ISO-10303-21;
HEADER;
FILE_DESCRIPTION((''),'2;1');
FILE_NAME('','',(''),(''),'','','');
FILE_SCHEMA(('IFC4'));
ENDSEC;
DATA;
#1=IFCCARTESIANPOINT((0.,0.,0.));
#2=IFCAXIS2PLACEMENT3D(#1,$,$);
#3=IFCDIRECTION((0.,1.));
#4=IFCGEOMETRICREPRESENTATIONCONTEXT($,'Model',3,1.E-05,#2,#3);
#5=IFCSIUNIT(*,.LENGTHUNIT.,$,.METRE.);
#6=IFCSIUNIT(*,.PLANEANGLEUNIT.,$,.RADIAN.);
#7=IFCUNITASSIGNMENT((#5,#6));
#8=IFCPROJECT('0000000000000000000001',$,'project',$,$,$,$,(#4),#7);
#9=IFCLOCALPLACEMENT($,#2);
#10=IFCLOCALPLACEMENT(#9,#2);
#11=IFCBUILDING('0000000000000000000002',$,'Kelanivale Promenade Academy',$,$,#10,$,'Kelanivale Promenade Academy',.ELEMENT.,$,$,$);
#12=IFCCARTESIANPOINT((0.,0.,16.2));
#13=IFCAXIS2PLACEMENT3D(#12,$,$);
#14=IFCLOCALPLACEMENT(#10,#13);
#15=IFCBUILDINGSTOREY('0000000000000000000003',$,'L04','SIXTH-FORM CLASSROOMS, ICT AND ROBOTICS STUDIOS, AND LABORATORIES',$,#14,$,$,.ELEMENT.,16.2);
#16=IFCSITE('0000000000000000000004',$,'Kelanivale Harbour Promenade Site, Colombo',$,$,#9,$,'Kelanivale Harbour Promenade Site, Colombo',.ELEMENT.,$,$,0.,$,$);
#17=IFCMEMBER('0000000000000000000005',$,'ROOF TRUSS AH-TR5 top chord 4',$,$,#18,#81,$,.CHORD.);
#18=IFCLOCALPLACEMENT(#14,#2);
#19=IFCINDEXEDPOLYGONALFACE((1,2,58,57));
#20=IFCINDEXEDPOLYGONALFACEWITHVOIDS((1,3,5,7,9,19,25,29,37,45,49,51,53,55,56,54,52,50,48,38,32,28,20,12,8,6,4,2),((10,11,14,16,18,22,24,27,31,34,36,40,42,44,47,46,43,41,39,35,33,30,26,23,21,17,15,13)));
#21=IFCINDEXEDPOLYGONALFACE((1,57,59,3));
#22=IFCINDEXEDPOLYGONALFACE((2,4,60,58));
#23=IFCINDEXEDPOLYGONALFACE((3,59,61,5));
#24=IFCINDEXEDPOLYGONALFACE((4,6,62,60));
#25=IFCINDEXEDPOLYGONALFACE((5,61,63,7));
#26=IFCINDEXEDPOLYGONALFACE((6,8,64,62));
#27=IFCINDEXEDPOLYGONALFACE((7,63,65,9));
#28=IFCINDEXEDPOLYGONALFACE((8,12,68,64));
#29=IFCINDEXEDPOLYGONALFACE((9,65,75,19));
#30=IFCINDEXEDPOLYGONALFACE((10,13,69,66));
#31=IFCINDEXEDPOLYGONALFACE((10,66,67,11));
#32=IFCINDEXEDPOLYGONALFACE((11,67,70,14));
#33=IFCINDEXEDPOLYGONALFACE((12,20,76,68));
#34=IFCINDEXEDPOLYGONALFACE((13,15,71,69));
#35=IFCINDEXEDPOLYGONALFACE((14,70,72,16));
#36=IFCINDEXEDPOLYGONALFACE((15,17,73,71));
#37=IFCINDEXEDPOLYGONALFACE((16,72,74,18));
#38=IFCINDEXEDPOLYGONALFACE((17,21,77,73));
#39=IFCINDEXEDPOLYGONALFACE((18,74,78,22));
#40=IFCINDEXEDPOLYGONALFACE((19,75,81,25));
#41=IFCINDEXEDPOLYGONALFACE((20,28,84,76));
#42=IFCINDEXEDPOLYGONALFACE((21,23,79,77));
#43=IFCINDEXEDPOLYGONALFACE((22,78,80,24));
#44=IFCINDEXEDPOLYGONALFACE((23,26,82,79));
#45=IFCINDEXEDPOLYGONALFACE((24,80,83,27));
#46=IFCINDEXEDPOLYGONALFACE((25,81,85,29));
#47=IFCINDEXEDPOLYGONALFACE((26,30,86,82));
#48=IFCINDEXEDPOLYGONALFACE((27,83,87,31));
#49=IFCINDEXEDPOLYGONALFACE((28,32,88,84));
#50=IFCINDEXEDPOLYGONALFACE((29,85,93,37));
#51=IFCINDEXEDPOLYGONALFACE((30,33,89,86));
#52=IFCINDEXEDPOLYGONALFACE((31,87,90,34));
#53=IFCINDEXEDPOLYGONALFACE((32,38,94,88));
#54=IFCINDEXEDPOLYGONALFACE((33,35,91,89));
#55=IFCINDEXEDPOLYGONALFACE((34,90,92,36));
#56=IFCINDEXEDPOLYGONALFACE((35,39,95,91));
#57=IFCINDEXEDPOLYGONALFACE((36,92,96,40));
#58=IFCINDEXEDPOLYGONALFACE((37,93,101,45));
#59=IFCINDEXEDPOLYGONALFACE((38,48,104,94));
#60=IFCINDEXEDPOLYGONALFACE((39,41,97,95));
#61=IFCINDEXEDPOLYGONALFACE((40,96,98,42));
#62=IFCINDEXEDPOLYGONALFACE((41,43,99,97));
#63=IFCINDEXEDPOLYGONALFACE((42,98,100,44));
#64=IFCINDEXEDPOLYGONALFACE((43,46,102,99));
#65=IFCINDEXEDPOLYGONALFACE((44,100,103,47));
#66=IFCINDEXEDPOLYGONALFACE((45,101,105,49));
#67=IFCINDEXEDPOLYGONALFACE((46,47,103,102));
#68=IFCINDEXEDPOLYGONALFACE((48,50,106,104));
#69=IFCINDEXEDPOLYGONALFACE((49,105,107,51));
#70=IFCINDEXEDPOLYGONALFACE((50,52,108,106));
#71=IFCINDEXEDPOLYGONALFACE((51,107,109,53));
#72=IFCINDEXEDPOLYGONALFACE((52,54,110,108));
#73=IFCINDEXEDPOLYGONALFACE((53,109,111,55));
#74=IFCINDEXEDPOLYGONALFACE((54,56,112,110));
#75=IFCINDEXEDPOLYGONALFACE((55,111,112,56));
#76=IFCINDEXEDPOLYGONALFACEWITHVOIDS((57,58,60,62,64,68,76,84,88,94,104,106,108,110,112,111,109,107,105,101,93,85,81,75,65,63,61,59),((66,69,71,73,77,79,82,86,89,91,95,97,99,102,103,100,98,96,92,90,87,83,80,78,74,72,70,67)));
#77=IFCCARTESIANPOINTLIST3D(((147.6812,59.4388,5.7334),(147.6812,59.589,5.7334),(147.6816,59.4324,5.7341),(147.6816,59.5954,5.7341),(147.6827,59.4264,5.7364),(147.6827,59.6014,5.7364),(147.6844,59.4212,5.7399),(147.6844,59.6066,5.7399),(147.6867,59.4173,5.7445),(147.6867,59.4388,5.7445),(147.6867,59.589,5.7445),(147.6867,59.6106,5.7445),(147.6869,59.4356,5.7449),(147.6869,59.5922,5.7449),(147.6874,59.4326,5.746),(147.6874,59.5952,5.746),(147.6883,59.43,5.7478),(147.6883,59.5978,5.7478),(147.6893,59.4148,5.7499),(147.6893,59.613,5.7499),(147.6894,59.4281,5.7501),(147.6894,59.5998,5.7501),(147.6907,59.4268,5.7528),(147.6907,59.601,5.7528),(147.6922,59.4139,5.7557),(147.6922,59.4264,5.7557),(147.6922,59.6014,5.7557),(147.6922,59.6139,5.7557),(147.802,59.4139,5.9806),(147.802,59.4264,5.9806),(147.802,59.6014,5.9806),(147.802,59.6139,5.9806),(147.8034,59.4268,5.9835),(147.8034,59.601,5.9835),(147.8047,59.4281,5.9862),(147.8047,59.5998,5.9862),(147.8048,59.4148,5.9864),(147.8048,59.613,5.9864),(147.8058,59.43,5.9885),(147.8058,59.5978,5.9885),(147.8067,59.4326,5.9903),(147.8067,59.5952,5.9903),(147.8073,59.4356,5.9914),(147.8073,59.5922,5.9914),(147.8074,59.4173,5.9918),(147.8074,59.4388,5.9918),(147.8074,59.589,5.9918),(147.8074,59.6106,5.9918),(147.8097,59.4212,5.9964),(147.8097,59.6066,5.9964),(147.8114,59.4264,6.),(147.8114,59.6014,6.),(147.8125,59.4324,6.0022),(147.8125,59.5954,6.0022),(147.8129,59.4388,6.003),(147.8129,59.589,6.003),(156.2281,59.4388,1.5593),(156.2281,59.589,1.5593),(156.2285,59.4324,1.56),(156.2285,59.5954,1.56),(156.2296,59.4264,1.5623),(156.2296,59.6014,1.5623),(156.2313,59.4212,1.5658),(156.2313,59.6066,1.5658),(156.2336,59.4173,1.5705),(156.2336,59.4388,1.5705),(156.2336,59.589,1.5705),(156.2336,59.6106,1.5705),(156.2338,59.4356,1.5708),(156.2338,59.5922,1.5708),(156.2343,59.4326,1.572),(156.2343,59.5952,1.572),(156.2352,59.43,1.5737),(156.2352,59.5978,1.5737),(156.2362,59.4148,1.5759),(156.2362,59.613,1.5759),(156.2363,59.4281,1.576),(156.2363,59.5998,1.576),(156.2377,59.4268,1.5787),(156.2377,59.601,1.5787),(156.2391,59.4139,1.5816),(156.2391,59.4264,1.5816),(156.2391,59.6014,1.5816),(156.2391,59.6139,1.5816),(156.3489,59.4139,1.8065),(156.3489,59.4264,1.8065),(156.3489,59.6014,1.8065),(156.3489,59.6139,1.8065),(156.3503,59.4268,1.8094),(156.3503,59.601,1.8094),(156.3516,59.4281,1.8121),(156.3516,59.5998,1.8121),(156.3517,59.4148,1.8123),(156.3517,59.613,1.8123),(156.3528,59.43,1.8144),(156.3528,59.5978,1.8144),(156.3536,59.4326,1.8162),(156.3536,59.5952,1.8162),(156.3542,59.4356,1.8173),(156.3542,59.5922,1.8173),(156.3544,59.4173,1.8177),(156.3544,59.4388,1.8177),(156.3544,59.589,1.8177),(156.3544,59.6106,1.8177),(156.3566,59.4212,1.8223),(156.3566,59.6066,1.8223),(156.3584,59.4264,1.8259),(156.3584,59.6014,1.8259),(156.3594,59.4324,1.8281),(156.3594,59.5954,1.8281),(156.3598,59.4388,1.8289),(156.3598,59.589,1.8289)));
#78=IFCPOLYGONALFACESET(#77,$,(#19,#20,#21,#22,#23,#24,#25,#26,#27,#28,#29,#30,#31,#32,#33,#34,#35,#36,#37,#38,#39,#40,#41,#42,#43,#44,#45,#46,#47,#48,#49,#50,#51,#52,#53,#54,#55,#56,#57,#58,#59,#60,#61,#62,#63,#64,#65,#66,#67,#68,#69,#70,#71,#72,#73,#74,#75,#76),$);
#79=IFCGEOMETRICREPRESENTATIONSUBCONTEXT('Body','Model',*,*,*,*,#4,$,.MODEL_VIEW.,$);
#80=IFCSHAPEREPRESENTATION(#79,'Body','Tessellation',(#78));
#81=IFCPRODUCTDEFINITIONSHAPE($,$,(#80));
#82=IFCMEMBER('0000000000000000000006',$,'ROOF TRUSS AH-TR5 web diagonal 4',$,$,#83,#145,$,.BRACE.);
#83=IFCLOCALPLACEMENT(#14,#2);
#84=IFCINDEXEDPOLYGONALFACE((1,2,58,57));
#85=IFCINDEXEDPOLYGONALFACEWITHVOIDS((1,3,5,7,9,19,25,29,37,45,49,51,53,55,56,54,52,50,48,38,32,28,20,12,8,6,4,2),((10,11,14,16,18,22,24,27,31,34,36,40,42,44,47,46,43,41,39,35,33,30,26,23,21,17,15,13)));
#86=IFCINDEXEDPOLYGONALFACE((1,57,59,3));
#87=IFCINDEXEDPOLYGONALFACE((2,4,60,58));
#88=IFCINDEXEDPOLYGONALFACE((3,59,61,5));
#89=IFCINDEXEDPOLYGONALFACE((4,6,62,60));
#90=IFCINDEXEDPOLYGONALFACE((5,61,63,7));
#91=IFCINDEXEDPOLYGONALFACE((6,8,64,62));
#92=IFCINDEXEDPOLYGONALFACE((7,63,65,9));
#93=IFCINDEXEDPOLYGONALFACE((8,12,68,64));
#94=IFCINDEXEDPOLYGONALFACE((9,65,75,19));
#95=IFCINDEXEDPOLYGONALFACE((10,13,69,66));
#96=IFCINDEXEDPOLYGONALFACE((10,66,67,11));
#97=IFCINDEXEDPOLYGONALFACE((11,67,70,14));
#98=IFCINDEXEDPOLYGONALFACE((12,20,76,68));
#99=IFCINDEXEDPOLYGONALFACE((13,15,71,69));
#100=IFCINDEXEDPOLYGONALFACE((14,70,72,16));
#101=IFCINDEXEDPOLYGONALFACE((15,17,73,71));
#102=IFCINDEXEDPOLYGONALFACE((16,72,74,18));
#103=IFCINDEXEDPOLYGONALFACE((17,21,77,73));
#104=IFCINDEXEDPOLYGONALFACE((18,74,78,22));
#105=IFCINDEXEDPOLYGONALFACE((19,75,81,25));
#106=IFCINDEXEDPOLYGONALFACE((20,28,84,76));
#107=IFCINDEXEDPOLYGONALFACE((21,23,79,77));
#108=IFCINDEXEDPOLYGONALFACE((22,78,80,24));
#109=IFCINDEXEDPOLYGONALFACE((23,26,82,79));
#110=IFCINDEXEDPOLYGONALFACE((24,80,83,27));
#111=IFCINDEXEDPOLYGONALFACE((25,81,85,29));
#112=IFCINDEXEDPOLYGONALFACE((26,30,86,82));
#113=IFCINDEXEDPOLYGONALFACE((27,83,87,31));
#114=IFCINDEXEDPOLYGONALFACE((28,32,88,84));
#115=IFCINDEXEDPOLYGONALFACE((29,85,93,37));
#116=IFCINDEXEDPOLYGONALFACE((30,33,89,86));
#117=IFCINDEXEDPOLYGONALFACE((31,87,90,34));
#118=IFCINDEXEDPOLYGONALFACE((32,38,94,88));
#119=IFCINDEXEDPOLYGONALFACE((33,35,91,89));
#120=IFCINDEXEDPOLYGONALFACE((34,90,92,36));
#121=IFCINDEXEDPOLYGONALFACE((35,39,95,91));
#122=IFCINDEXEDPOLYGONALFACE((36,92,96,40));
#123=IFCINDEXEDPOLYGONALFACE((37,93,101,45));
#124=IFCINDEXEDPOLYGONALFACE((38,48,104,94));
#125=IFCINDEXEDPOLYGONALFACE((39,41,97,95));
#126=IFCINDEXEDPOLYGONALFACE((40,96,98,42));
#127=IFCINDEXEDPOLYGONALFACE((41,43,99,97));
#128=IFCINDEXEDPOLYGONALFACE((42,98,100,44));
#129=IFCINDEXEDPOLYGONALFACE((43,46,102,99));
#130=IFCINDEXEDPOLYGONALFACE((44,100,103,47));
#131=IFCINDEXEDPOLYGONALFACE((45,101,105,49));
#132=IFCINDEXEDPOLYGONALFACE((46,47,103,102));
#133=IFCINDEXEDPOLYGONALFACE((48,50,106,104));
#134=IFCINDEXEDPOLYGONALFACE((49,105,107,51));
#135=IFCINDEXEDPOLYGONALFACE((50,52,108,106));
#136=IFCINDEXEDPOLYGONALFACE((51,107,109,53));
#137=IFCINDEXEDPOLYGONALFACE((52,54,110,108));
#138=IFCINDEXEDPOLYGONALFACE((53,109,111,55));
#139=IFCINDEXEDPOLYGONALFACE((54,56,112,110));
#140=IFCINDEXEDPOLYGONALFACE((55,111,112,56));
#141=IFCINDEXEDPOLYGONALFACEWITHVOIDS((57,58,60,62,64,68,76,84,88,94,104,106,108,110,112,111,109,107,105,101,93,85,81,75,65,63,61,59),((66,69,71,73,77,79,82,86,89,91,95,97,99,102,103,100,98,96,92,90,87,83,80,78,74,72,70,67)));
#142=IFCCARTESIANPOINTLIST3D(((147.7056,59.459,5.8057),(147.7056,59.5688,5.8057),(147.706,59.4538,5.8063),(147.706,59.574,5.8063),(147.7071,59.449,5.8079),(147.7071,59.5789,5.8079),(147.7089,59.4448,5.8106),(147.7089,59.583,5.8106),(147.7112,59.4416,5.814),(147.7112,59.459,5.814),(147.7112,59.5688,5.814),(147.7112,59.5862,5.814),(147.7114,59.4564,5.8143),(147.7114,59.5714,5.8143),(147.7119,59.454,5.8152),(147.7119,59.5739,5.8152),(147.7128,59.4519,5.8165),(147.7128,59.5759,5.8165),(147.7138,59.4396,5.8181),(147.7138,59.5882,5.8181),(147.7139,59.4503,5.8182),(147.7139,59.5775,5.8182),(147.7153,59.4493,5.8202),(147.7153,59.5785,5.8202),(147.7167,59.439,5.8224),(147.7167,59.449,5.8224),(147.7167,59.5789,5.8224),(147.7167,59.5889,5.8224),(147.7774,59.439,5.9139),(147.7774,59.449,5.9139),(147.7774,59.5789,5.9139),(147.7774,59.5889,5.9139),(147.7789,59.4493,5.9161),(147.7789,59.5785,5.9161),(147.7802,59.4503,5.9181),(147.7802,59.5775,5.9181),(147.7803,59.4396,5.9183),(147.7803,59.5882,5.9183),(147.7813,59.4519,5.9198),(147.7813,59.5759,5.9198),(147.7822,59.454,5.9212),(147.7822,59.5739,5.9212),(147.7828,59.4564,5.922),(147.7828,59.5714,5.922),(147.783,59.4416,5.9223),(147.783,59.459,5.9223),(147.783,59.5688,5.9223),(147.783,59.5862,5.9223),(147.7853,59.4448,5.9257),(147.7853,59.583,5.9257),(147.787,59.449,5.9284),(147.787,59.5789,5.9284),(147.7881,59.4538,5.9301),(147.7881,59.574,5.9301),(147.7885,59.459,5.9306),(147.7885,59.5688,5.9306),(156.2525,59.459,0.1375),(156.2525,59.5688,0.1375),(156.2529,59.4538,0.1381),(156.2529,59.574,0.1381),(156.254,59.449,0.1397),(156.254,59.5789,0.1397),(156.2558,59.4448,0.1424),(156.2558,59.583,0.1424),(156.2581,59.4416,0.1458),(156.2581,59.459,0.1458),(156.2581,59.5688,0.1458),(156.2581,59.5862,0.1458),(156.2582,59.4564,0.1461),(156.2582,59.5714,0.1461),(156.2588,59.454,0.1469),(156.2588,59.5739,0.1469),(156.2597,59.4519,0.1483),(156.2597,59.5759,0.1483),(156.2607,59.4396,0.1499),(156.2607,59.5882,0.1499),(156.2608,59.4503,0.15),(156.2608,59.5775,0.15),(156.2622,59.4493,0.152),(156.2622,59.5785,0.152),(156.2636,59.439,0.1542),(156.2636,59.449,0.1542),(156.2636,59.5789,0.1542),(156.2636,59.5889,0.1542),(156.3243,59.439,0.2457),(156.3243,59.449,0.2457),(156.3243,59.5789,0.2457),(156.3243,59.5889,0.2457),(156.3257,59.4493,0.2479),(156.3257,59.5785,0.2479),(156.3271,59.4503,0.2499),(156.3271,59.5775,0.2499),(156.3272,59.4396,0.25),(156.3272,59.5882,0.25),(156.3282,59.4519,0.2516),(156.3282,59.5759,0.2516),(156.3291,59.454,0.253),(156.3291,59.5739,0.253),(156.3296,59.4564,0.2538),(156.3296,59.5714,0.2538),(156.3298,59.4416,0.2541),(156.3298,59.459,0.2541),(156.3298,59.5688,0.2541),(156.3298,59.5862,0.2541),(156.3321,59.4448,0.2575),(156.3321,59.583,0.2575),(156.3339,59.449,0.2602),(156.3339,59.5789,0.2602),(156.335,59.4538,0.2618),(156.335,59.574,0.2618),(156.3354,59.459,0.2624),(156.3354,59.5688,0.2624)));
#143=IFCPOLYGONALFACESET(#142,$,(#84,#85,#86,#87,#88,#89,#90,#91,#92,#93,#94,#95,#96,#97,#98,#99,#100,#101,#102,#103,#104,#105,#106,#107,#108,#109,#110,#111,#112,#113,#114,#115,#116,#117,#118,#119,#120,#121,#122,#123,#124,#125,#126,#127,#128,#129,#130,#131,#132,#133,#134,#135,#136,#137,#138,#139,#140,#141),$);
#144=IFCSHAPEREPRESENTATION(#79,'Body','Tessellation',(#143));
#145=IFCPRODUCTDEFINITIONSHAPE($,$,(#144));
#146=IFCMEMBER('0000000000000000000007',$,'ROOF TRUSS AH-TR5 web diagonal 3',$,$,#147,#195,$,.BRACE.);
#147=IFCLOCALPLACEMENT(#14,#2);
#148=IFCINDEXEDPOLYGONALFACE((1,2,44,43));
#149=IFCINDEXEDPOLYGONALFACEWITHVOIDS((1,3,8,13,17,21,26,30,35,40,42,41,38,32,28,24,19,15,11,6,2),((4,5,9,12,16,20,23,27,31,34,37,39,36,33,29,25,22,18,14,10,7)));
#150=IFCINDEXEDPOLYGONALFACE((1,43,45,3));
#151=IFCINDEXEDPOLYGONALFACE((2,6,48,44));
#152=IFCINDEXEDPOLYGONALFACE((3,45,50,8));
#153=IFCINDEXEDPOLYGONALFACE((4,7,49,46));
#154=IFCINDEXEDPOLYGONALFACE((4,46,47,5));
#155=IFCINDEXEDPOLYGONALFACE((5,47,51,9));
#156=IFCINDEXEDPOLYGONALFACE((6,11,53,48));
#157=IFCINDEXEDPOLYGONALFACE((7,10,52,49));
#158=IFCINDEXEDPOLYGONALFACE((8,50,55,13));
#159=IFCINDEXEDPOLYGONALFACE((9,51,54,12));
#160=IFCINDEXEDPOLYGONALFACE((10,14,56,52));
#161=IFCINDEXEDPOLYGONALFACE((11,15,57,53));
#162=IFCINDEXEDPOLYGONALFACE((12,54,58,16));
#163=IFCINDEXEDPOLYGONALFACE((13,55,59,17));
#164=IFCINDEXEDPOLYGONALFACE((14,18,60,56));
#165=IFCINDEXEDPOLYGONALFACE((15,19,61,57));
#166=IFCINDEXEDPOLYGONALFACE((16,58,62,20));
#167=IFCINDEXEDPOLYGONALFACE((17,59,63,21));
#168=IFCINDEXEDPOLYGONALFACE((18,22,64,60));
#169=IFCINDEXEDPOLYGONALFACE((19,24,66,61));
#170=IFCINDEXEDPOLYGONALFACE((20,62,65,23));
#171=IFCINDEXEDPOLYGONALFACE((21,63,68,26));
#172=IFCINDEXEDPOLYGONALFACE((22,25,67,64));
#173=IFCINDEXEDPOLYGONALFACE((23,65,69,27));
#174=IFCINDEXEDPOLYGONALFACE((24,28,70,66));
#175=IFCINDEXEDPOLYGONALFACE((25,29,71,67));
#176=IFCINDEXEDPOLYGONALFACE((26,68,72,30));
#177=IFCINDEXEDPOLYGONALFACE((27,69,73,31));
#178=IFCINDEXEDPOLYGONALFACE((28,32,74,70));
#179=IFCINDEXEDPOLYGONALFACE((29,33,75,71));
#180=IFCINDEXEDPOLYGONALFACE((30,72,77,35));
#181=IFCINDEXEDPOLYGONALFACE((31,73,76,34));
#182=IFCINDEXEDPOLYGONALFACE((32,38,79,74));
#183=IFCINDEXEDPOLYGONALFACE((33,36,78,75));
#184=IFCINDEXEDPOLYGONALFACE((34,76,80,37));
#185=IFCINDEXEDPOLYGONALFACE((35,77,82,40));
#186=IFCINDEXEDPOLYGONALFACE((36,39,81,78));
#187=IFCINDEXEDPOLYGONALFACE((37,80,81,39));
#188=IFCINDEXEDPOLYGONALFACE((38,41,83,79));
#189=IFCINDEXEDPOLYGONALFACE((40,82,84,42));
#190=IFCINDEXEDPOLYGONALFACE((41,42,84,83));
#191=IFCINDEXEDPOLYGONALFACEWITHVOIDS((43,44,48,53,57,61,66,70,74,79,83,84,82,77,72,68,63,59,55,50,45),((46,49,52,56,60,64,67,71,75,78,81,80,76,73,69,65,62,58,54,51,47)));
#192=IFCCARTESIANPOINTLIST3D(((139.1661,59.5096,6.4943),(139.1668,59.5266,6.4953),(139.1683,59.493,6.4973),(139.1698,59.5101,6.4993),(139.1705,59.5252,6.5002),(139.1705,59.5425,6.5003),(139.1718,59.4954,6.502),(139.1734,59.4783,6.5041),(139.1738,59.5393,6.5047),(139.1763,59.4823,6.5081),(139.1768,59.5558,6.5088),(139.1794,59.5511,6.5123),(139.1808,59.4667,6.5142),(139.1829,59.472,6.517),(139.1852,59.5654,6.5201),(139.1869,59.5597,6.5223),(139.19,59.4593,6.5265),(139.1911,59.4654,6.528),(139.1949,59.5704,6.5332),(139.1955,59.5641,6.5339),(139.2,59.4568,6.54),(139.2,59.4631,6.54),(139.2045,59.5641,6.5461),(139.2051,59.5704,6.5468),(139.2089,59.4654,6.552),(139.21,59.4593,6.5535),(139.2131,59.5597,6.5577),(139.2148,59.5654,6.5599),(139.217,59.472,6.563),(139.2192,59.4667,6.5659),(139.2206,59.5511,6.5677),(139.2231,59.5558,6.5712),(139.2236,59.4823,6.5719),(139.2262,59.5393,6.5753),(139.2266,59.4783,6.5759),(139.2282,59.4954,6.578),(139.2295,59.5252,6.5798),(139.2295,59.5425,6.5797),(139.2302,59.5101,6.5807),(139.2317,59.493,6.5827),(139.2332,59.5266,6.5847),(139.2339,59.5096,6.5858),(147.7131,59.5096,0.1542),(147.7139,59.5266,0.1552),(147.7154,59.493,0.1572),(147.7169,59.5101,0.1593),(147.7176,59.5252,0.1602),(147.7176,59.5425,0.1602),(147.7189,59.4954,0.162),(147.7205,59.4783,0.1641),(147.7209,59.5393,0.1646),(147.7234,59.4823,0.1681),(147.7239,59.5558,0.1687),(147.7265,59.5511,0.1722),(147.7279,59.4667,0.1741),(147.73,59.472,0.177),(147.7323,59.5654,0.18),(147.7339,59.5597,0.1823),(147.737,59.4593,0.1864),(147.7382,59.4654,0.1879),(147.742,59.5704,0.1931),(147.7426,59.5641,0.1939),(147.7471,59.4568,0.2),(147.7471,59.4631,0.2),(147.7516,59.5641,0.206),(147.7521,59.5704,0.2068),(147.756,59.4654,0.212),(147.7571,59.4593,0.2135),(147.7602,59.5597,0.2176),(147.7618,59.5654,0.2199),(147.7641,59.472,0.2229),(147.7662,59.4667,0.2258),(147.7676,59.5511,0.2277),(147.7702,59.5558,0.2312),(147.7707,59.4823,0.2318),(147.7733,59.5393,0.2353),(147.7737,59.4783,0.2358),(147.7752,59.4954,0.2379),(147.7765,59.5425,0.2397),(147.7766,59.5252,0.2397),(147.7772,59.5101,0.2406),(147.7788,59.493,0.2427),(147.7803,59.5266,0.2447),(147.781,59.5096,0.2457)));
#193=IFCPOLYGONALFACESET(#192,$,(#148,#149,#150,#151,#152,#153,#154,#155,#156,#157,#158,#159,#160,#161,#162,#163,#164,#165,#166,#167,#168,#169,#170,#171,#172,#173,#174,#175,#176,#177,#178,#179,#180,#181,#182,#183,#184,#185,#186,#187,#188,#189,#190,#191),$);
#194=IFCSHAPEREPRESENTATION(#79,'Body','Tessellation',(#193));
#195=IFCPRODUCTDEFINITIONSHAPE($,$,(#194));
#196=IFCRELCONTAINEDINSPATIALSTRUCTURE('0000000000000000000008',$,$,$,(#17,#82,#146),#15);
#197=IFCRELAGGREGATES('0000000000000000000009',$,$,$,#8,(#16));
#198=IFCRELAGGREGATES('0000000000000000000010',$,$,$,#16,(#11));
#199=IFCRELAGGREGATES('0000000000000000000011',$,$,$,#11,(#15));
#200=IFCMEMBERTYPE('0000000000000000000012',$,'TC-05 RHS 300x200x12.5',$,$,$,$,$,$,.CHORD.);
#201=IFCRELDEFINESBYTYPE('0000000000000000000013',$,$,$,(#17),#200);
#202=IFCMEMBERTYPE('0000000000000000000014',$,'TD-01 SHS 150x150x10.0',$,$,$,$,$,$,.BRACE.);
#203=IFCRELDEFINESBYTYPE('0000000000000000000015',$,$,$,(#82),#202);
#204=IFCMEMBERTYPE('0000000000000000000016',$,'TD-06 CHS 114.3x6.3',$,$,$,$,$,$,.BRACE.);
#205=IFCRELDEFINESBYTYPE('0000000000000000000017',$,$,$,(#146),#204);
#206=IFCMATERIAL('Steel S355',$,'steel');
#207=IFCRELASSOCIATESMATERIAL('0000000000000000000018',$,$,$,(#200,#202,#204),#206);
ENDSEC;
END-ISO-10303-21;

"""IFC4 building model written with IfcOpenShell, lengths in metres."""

from ifc_helpers import new_model, si_unit, direction, frame, origin, origin_2d, place, context, subcontext, project, spatial, hollow_rectangle, hollow_circle, extrude, material, material_profile, profile_set, type_object, element, save


model = new_model("IFC4")

# Units and contexts
model_context = context("Model", 3, precision=1e-05, world=origin(), true_north=direction((0.0, 1.0)))
body_context = subcontext(model_context, "Body", "Model", "MODEL_VIEW")
ifc_project = project(units=[si_unit("LENGTHUNIT", "METRE"), si_unit("PLANEANGLEUNIT", "RADIAN")], contexts=[model_context])

# Site, building, storey
site_placement = place(None, origin())
site = spatial("IfcSite", under=ifc_project, at=site_placement, Name="Kelanivale Harbour Promenade Site, Colombo", LongName="Kelanivale Harbour Promenade Site, Colombo", CompositionType="ELEMENT", RefElevation=0.0)
building_placement = place(site_placement, origin())
building = spatial("IfcBuilding", under=site, at=building_placement, Name="Kelanivale Promenade Academy", LongName="Kelanivale Promenade Academy", CompositionType="ELEMENT")
storey_placement = place(building_placement, frame((0.0, 0.0, 16.2)))
storey = spatial("IfcBuildingStorey", under=building, at=storey_placement, Name="L04", Description="SIXTH-FORM CLASSROOMS, ICT AND ROBOTICS STUDIOS, AND LABORATORIES", CompositionType="ELEMENT", Elevation=16.2)

# Shared definitions
ifc_material_1 = material(Name="Steel S355", Category="steel")

# Members
ifc_material_profile_1 = material_profile(ifc_material_1, hollow_rectangle(XDim=0.2, YDim=0.3, WallThickness=0.0125, InnerFilletRadius=0.0125, OuterFilletRadius=0.0249, at=origin_2d()), Name="RHS 300x200x12.5")
ifc_profile_set_1 = profile_set([ifc_material_profile_1], Name="Steel S355")
member_type_1 = type_object("IfcMemberType", Name="TC-05 RHS 300x200x12.5", PredefinedType="CHORD", material=ifc_profile_set_1)
member_1_placement = place(storey_placement, frame((147.7471, 59.5139, 5.8682), z_axis=(0.898567, 0.0, -0.438837), x_axis=(0.0, 1.0, 0.0)))
element("IfcMember", 1, at=member_1_placement, inside=storey, type_object=member_type_1, Name="ROOF TRUSS AH-TR5 top chord 4", PredefinedType="CHORD", context=body_context, shape_type="SweptSolid", body=[
    extrude(hollow_rectangle(XDim=0.2, YDim=0.3, WallThickness=0.0125, InnerFilletRadius=0.0125, OuterFilletRadius=0.0249, at=origin_2d()), origin(), (0.0, 0.0, 1.0), 9.5117),
])
ifc_material_profile_2 = material_profile(ifc_material_1, hollow_rectangle(XDim=0.1499, YDim=0.1499, WallThickness=0.01, InnerFilletRadius=0.01, OuterFilletRadius=0.02, at=origin_2d()), Name="SHS 150x150x10.0")
ifc_profile_set_2 = profile_set([ifc_material_profile_2], Name="Steel S355")
member_type_2 = type_object("IfcMemberType", Name="TD-01 SHS 150x150x10.0", PredefinedType="BRACE", material=ifc_profile_set_2)
member_2_placement = place(storey_placement, frame((156.2939, 59.5139, 0.2), z_axis=(-0.833385, 0.0, 0.552693), x_axis=(0.0, -1.0, 0.0)))
element("IfcMember", 2, at=member_2_placement, inside=storey, type_object=member_type_2, Name="ROOF TRUSS AH-TR5 web diagonal 4", PredefinedType="BRACE", context=body_context, shape_type="SweptSolid", body=[
    extrude(hollow_rectangle(XDim=0.1499, YDim=0.1499, WallThickness=0.01, InnerFilletRadius=0.01, OuterFilletRadius=0.02, at=origin_2d()), origin(), (0.0, 0.0, 1.0), 10.2556),
])
ifc_material_profile_3 = material_profile(ifc_material_1, hollow_circle(Radius=0.0571, WallThickness=0.0063, at=origin_2d()), Name="CHS 114.3x6.3")
ifc_profile_set_3 = profile_set([ifc_material_profile_3], Name="Steel S355")
member_type_3 = type_object("IfcMemberType", Name="TD-06 CHS 114.3x6.3", PredefinedType="BRACE", material=ifc_profile_set_3)
member_3_placement = place(storey_placement, frame((147.7471, 59.5139, 0.2), z_axis=(-0.803158, 0.0, 0.595767), x_axis=(0.0, -1.0, 0.0)))
element("IfcMember", 3, at=member_3_placement, inside=storey, type_object=member_type_3, Name="ROOF TRUSS AH-TR5 web diagonal 3", PredefinedType="BRACE", context=body_context, shape_type="SweptSolid", body=[
    extrude(hollow_circle(Radius=0.0571, WallThickness=0.0063, at=origin_2d()), origin(), (0.0, 0.0, 1.0), 10.6418),
])

save(model, "model.ifc")
